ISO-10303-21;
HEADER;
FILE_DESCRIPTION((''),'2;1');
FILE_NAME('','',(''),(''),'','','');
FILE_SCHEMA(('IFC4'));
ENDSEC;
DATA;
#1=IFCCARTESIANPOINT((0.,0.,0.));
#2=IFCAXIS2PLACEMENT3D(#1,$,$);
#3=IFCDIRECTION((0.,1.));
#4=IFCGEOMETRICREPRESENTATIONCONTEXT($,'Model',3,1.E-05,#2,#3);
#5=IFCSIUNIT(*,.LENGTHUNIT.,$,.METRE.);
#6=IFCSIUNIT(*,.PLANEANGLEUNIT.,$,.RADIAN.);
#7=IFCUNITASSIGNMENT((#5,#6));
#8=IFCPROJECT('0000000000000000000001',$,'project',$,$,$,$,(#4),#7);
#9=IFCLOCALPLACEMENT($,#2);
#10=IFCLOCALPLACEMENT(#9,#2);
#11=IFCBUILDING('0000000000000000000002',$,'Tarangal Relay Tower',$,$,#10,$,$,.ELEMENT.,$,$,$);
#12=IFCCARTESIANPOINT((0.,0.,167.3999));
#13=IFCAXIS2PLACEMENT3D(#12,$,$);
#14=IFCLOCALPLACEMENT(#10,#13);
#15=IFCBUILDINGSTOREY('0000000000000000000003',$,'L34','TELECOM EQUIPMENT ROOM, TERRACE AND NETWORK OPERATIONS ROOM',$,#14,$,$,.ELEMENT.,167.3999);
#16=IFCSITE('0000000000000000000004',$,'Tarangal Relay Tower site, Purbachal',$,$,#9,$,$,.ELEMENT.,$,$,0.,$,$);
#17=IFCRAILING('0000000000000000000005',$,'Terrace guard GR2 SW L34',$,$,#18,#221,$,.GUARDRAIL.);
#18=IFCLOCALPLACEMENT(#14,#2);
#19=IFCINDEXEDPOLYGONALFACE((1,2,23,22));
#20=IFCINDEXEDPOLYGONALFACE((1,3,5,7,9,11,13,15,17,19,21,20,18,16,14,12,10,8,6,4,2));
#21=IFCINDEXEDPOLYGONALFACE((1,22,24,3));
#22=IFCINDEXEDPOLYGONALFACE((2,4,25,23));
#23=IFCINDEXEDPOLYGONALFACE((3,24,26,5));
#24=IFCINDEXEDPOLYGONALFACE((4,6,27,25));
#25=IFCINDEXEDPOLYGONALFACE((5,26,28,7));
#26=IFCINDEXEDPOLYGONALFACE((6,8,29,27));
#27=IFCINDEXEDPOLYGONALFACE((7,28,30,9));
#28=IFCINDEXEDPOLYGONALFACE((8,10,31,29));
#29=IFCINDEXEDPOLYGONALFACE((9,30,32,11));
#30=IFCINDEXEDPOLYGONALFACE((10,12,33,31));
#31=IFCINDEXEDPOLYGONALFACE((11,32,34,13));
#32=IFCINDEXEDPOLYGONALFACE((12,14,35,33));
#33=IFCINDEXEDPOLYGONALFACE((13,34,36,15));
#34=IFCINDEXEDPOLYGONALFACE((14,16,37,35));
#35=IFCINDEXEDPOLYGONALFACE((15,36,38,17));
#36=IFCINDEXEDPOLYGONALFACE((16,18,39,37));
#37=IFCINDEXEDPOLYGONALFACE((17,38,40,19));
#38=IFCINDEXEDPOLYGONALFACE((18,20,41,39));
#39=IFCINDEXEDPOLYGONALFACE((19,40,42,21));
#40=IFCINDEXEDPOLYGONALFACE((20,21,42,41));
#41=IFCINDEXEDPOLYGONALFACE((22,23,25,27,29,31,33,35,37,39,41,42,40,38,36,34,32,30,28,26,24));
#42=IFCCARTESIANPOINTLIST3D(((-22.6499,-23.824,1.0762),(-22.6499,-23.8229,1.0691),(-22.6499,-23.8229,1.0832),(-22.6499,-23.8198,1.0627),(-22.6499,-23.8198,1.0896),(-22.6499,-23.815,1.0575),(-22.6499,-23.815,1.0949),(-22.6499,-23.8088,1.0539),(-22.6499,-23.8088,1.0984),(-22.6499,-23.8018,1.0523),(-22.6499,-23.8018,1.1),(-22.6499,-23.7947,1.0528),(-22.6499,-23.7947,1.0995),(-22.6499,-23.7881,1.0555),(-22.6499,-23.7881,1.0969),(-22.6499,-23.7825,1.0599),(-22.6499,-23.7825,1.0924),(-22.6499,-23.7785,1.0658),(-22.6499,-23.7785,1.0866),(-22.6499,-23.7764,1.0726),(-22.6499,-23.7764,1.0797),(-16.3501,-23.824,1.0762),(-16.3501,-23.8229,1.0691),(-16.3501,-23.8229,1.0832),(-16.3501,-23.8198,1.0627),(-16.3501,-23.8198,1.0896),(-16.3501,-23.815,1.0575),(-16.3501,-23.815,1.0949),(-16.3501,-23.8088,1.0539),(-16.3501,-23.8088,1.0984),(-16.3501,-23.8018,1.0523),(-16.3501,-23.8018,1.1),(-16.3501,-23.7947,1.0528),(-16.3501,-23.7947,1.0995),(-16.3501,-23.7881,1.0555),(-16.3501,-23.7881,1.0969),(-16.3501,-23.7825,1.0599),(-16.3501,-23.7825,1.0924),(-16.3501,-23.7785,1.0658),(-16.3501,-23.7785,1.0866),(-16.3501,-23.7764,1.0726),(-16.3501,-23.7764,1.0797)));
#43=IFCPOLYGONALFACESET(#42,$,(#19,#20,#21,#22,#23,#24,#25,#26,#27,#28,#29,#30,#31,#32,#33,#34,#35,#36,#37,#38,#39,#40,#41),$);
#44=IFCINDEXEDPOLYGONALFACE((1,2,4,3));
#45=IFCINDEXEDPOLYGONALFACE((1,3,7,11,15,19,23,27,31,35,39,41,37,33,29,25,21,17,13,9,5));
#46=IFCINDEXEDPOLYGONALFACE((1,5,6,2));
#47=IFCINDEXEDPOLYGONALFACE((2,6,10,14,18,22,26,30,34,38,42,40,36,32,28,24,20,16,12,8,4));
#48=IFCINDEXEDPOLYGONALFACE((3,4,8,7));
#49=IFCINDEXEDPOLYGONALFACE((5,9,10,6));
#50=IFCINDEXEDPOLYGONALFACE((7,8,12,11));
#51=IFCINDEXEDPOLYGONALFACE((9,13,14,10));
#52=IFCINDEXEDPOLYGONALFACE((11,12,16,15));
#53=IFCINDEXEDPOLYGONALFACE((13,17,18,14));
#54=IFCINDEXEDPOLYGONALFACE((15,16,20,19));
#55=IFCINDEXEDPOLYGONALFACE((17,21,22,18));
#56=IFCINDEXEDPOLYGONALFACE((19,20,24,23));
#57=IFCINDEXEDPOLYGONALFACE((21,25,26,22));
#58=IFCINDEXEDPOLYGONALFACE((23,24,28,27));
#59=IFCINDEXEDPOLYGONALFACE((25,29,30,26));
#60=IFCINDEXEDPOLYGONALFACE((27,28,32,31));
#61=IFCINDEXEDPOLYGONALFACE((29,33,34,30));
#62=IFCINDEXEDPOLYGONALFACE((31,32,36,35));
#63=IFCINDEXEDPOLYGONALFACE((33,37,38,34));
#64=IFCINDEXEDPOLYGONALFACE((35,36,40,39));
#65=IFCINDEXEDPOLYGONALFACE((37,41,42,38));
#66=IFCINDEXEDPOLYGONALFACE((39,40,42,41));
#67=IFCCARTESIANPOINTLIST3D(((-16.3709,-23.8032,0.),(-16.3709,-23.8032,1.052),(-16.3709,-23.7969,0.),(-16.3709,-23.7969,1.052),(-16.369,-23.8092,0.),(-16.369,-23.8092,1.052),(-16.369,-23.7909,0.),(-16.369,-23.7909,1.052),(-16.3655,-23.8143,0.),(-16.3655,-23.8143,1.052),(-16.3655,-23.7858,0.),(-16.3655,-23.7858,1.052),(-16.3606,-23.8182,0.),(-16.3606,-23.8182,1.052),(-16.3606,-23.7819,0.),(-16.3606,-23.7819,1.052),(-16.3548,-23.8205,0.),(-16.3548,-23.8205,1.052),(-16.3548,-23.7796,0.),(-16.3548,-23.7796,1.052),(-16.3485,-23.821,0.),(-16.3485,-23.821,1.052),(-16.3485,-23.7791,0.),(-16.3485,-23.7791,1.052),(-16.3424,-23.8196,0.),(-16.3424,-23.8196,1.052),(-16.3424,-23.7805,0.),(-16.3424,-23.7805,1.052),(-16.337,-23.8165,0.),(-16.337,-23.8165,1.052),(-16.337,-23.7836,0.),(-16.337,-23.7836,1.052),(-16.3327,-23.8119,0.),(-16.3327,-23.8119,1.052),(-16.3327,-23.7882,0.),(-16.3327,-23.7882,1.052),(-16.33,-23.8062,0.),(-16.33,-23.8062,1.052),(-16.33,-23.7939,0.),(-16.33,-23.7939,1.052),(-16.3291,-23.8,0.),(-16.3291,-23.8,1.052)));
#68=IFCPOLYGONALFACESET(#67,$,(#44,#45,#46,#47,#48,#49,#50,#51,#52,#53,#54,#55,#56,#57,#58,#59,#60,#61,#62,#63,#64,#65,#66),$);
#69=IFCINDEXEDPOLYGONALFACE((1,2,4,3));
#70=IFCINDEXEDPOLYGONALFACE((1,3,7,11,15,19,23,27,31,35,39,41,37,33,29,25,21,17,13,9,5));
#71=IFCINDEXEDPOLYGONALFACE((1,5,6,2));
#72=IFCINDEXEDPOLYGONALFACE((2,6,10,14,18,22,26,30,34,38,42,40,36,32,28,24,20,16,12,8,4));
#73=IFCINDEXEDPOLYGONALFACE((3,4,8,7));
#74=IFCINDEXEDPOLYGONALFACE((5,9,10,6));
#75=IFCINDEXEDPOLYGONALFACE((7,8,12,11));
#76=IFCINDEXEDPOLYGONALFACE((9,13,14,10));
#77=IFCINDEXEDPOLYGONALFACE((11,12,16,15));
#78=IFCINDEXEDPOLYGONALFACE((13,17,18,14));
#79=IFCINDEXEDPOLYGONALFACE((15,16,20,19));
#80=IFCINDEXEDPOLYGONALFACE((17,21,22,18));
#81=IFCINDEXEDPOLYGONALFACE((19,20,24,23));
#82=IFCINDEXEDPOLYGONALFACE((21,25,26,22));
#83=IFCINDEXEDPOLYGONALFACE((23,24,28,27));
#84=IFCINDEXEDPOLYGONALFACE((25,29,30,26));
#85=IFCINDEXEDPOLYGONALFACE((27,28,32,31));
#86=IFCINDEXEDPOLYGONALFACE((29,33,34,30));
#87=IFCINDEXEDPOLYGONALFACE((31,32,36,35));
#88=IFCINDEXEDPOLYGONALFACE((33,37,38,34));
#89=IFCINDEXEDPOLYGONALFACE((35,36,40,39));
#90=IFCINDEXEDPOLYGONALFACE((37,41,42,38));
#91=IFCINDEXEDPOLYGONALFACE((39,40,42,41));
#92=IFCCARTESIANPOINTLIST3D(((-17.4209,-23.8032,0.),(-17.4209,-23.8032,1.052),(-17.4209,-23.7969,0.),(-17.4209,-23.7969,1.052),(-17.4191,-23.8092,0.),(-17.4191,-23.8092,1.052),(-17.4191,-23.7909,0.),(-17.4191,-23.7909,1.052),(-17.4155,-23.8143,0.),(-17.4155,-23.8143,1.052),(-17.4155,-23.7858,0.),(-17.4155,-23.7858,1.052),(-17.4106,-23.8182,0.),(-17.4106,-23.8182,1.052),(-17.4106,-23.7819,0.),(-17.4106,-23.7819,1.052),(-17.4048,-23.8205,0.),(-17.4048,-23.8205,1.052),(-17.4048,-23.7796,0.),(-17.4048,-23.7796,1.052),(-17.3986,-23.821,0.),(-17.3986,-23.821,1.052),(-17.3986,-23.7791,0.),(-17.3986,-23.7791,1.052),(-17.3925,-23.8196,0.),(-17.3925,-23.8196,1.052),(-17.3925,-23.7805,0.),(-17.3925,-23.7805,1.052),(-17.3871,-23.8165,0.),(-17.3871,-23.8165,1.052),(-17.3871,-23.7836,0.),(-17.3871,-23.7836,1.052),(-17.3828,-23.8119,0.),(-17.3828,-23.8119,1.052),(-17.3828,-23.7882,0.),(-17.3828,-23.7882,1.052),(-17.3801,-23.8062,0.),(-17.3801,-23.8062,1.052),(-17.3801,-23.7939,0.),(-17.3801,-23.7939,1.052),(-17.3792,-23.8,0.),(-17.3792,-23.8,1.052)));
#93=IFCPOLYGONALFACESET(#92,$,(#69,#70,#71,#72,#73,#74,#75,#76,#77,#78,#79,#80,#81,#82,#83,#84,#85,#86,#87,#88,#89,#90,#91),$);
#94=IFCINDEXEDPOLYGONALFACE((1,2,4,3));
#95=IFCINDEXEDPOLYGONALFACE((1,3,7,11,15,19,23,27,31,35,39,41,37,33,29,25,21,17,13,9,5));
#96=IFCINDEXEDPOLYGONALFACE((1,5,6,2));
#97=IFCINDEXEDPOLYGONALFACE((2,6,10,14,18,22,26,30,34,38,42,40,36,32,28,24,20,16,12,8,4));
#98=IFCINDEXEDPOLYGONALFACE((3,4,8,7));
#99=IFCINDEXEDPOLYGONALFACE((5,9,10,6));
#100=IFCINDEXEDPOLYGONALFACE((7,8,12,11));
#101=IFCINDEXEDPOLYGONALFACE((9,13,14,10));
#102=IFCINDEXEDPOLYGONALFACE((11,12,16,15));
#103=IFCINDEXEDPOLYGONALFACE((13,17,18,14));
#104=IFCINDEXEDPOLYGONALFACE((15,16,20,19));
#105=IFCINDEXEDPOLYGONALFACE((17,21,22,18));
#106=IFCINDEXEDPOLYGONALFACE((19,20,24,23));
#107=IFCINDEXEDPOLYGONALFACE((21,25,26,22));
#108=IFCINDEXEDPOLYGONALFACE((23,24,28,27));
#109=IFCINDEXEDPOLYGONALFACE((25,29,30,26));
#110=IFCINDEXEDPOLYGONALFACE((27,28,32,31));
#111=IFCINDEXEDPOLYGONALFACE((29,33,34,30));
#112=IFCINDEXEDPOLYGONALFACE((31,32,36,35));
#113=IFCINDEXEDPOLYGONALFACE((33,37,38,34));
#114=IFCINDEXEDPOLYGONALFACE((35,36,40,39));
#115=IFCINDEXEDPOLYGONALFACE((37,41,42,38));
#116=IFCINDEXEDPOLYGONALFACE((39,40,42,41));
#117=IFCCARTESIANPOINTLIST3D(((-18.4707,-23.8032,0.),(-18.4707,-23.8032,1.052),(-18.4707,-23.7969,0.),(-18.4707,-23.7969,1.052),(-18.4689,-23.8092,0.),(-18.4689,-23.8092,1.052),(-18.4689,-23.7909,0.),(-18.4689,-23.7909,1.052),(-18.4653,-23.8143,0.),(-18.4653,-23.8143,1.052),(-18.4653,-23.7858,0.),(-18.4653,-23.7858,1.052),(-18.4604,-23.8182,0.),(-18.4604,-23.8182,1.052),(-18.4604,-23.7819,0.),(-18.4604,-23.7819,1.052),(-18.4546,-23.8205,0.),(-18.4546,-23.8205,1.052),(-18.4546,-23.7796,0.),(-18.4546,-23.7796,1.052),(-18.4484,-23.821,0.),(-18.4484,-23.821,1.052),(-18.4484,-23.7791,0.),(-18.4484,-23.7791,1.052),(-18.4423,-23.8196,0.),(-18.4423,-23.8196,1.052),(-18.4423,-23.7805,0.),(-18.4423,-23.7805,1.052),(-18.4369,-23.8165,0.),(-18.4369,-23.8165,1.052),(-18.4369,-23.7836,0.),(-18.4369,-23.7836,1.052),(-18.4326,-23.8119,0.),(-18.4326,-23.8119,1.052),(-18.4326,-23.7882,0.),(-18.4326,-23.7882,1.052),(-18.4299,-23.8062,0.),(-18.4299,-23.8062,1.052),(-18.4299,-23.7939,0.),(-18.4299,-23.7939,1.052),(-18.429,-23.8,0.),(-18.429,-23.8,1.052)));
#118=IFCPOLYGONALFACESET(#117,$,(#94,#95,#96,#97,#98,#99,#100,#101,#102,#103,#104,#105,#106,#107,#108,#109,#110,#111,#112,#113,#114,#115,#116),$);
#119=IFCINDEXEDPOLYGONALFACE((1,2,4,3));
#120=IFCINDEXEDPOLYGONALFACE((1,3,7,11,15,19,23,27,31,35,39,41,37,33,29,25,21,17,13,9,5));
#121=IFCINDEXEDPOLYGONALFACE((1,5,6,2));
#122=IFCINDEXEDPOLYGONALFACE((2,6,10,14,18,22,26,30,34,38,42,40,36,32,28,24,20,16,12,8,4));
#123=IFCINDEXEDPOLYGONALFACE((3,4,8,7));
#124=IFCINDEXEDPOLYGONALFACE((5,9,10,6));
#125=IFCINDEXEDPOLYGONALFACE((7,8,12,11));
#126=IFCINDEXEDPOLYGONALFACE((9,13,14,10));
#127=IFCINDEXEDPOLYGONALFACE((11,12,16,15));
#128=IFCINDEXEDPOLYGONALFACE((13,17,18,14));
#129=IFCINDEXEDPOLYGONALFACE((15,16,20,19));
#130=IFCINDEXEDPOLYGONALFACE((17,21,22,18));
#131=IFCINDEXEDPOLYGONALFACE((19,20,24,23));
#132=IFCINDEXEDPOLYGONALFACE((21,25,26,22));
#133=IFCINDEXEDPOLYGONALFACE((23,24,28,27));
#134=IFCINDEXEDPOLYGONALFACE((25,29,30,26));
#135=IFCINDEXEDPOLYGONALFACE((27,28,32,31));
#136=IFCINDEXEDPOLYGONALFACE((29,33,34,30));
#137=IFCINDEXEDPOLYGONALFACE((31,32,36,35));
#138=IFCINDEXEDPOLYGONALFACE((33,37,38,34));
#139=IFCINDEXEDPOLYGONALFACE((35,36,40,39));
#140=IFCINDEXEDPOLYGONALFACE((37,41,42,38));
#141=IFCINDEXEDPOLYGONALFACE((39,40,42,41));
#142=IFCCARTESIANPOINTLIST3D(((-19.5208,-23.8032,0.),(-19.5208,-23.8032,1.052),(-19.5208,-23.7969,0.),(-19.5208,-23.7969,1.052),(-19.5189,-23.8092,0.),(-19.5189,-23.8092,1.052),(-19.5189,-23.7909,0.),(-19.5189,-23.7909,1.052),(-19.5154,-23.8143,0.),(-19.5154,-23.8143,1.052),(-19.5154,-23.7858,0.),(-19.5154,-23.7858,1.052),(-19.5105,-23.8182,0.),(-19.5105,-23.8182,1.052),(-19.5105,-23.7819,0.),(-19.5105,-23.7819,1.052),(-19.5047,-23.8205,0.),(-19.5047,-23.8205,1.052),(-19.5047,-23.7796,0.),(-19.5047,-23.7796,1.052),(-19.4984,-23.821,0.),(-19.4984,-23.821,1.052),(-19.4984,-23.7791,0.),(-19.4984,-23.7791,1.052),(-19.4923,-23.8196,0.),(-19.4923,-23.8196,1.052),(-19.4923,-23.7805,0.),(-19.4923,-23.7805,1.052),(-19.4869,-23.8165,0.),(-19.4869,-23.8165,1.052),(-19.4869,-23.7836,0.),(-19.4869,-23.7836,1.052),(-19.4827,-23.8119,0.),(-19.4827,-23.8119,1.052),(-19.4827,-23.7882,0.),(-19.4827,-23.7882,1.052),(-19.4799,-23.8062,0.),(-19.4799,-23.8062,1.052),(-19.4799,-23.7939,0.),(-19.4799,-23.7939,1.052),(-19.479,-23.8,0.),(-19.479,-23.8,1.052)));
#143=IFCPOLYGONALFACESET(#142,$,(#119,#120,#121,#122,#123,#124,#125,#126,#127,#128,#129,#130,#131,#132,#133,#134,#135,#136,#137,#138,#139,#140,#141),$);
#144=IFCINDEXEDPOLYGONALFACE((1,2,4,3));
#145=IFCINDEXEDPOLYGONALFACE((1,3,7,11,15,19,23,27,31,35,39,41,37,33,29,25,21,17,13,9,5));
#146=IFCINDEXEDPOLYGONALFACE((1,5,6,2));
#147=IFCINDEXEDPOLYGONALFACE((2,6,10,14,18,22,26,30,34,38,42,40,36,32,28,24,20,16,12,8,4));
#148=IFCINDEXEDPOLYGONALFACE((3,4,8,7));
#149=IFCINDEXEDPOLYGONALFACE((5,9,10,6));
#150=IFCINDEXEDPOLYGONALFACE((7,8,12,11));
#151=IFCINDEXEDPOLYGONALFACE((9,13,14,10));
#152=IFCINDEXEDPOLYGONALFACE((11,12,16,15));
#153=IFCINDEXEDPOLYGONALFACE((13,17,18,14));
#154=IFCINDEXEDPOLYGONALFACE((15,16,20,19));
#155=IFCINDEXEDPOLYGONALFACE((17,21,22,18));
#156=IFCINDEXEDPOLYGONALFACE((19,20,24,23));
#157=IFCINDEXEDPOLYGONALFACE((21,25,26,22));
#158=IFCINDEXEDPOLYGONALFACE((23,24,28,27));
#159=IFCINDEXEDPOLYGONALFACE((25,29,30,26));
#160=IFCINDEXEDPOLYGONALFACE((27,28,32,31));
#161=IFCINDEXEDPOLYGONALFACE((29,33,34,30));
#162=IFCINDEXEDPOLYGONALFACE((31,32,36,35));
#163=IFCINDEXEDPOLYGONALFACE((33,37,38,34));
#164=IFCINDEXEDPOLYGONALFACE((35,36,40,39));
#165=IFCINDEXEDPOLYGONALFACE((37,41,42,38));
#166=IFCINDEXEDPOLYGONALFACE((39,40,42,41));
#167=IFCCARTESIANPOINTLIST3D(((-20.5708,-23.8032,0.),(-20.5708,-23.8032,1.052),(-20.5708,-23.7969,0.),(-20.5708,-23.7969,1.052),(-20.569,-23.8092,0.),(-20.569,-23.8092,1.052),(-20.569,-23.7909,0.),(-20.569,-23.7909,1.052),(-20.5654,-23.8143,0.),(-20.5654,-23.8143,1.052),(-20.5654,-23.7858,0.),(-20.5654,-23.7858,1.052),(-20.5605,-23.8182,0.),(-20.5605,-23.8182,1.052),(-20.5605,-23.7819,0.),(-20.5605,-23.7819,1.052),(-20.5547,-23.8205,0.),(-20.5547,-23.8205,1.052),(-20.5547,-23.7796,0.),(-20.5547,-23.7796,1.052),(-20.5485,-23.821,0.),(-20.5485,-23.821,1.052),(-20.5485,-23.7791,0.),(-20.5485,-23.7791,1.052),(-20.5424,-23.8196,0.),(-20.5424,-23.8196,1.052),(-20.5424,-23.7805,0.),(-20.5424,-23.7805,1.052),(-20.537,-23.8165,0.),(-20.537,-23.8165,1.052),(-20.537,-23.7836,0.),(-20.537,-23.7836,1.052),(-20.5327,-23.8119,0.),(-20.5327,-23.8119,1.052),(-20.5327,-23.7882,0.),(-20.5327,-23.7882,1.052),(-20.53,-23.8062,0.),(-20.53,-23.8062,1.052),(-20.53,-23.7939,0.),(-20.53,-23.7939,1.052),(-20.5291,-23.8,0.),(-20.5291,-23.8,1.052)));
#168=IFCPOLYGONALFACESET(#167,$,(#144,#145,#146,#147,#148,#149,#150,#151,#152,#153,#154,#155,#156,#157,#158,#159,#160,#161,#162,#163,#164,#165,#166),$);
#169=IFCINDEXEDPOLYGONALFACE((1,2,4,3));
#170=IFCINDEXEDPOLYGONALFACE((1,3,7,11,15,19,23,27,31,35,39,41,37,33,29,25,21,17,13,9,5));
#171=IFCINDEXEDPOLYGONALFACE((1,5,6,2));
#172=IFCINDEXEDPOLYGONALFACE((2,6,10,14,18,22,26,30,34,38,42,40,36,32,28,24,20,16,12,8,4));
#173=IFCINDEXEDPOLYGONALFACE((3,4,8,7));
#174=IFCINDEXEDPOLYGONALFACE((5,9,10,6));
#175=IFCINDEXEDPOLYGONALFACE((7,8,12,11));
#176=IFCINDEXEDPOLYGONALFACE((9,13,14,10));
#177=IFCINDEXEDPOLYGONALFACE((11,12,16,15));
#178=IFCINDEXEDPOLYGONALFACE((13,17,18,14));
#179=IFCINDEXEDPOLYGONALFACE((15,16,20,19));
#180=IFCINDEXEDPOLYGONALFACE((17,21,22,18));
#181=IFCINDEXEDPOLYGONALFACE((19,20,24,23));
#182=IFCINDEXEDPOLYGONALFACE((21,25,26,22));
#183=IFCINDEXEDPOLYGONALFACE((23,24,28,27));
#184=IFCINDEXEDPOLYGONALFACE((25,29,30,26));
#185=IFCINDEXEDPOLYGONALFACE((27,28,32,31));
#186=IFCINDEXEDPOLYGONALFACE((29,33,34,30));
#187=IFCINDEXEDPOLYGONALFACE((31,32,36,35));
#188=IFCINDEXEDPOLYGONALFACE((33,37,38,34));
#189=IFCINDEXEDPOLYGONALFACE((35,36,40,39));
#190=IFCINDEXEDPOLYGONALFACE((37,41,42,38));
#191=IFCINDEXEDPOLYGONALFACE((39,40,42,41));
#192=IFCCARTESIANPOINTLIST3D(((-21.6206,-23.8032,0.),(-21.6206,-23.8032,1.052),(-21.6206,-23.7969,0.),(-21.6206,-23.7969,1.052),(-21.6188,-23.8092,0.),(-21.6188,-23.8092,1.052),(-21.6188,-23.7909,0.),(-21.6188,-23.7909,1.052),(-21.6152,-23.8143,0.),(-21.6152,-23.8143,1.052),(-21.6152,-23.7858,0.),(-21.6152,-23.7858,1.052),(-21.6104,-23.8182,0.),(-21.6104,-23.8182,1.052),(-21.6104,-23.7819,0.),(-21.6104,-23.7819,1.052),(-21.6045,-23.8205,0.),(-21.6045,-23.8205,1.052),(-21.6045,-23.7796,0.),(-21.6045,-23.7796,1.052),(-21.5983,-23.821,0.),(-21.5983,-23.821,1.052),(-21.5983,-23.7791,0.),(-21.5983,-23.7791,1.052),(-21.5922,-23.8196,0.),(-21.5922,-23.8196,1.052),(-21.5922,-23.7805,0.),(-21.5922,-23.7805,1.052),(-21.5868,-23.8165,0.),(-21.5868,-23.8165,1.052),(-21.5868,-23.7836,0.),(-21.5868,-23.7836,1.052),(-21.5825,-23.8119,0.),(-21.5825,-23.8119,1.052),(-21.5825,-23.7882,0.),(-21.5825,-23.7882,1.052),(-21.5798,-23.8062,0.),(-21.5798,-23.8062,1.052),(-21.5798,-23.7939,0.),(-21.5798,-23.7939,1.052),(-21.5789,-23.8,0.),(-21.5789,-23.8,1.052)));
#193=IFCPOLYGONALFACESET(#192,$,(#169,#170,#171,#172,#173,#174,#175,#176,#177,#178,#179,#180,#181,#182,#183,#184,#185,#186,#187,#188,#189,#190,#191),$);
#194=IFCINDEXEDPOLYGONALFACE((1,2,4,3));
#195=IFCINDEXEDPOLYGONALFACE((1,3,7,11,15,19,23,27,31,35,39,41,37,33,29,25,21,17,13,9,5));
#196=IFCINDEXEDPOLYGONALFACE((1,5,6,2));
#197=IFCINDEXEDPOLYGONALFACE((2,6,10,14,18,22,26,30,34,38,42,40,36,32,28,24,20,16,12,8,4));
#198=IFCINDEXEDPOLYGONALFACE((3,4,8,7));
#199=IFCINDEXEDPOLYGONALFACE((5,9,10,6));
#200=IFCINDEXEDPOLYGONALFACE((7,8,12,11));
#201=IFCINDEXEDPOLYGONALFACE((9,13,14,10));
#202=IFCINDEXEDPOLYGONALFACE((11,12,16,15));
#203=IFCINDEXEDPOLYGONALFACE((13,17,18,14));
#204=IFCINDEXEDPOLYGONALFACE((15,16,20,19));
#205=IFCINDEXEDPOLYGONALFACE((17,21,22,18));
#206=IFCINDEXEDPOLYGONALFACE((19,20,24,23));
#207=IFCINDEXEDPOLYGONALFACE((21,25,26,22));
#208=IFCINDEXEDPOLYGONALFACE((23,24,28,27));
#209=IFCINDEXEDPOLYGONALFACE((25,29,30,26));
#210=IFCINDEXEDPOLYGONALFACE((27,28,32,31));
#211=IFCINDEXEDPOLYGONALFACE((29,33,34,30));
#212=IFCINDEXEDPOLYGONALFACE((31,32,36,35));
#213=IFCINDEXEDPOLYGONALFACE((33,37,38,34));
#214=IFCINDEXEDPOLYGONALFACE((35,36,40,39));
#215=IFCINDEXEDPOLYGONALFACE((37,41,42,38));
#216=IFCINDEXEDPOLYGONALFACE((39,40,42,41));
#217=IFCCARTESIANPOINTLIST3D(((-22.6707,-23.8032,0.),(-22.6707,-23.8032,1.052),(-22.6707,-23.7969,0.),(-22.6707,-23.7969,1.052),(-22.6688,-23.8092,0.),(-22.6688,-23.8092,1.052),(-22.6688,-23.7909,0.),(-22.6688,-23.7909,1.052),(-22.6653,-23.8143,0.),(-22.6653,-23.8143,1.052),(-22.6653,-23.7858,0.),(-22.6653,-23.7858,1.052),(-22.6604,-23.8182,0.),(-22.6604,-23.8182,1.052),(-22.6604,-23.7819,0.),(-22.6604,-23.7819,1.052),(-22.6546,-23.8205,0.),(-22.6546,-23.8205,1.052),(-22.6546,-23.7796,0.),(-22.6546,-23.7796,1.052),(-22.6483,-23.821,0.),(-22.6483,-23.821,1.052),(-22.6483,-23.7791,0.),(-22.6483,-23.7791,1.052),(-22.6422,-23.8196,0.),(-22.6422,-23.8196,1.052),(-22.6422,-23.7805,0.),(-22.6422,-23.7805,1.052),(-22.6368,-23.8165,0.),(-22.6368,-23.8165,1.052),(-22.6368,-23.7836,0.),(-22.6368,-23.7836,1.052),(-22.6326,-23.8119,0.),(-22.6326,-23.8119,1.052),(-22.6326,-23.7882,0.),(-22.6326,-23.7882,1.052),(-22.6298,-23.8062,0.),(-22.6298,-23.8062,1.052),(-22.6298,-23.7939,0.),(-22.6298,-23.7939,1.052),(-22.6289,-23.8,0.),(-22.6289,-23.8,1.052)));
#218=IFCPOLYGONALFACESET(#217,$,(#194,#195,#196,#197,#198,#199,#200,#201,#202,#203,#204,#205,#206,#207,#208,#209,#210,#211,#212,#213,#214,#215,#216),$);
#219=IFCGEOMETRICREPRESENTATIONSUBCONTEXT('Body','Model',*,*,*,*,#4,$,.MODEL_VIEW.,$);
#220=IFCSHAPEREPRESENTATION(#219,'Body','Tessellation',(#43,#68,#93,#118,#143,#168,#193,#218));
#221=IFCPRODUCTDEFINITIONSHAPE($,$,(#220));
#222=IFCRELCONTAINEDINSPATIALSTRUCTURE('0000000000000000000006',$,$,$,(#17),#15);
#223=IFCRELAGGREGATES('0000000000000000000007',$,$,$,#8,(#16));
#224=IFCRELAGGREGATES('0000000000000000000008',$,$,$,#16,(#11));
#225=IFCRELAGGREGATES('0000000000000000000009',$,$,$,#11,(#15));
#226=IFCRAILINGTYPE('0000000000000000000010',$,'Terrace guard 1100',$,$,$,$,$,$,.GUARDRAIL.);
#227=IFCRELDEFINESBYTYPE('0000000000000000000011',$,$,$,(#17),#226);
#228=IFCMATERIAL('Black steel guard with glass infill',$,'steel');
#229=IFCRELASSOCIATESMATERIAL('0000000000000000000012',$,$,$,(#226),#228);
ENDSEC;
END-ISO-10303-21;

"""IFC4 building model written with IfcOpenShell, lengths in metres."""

from ifc_helpers import new_model, si_unit, direction, frame, origin, origin_2d, place, context, subcontext, project, spatial, circle, extrude, material, type_object, element, save


model = new_model("IFC4")

# Units and contexts
model_context = context("Model", 3, precision=1e-05, world=origin(), true_north=direction((0.0, 1.0)))
body_context = subcontext(model_context, "Body", "Model", "MODEL_VIEW")
ifc_project = project(units=[si_unit("LENGTHUNIT", "METRE"), si_unit("PLANEANGLEUNIT", "RADIAN")], contexts=[model_context])

# Site, building, storey
site_placement = place(None, origin())
site = spatial("IfcSite", under=ifc_project, at=site_placement, Name="Tarangal Relay Tower site, Purbachal", CompositionType="ELEMENT", RefElevation=0.0)
building_placement = place(site_placement, origin())
building = spatial("IfcBuilding", under=site, at=building_placement, Name="Tarangal Relay Tower", CompositionType="ELEMENT")
storey_placement = place(building_placement, frame((0.0, 0.0, 167.3999)))
storey = spatial("IfcBuildingStorey", under=building, at=storey_placement, Name="L34", Description="TELECOM EQUIPMENT ROOM, TERRACE AND NETWORK OPERATIONS ROOM", CompositionType="ELEMENT", Elevation=167.3999)

# Railing
ifc_material_1 = material(Name="Black steel guard with glass infill", Category="steel")
railing_type = type_object("IfcRailingType", Name="Terrace guard 1100", PredefinedType="GUARDRAIL", material=ifc_material_1)
railing_1_placement = place(storey_placement, frame((-16.3501, -23.8, 0.0)))
element("IfcRailing", 1, at=railing_1_placement, inside=storey, type_object=railing_type, Name="Terrace guard GR2 SW L34", PredefinedType="GUARDRAIL", context=body_context, shape_type="SweptSolid", body=[
    extrude(circle(Radius=0.0239, at=origin_2d()), frame((0.0, 0.0, 1.0762), z_axis=(-1.0, 0.0, 0.0), x_axis=(0.0, -1.0, 0.0)), (0.0, 0.0, 1.0), 6.2998),
    extrude(circle(Radius=0.021, at=origin_2d()), origin(), (0.0, 0.0, 1.0), 1.052),
    extrude(circle(Radius=0.021, at=origin_2d()), frame((-1.05, 0.0, 0.0)), (0.0, 0.0, 1.0), 1.052),
    extrude(circle(Radius=0.021, at=origin_2d()), frame((-2.0999, 0.0, 0.0)), (0.0, 0.0, 1.0), 1.052),
    extrude(circle(Radius=0.021, at=origin_2d()), frame((-3.1499, 0.0, 0.0)), (0.0, 0.0, 1.0), 1.052),
    extrude(circle(Radius=0.021, at=origin_2d()), frame((-4.2, 0.0, 0.0)), (0.0, 0.0, 1.0), 1.052),
    extrude(circle(Radius=0.021, at=origin_2d()), frame((-5.2498, 0.0, 0.0)), (0.0, 0.0, 1.0), 1.052),
    extrude(circle(Radius=0.021, at=origin_2d()), frame((-6.2998, 0.0, 0.0)), (0.0, 0.0, 1.0), 1.052),
])

save(model, "model.ifc")
